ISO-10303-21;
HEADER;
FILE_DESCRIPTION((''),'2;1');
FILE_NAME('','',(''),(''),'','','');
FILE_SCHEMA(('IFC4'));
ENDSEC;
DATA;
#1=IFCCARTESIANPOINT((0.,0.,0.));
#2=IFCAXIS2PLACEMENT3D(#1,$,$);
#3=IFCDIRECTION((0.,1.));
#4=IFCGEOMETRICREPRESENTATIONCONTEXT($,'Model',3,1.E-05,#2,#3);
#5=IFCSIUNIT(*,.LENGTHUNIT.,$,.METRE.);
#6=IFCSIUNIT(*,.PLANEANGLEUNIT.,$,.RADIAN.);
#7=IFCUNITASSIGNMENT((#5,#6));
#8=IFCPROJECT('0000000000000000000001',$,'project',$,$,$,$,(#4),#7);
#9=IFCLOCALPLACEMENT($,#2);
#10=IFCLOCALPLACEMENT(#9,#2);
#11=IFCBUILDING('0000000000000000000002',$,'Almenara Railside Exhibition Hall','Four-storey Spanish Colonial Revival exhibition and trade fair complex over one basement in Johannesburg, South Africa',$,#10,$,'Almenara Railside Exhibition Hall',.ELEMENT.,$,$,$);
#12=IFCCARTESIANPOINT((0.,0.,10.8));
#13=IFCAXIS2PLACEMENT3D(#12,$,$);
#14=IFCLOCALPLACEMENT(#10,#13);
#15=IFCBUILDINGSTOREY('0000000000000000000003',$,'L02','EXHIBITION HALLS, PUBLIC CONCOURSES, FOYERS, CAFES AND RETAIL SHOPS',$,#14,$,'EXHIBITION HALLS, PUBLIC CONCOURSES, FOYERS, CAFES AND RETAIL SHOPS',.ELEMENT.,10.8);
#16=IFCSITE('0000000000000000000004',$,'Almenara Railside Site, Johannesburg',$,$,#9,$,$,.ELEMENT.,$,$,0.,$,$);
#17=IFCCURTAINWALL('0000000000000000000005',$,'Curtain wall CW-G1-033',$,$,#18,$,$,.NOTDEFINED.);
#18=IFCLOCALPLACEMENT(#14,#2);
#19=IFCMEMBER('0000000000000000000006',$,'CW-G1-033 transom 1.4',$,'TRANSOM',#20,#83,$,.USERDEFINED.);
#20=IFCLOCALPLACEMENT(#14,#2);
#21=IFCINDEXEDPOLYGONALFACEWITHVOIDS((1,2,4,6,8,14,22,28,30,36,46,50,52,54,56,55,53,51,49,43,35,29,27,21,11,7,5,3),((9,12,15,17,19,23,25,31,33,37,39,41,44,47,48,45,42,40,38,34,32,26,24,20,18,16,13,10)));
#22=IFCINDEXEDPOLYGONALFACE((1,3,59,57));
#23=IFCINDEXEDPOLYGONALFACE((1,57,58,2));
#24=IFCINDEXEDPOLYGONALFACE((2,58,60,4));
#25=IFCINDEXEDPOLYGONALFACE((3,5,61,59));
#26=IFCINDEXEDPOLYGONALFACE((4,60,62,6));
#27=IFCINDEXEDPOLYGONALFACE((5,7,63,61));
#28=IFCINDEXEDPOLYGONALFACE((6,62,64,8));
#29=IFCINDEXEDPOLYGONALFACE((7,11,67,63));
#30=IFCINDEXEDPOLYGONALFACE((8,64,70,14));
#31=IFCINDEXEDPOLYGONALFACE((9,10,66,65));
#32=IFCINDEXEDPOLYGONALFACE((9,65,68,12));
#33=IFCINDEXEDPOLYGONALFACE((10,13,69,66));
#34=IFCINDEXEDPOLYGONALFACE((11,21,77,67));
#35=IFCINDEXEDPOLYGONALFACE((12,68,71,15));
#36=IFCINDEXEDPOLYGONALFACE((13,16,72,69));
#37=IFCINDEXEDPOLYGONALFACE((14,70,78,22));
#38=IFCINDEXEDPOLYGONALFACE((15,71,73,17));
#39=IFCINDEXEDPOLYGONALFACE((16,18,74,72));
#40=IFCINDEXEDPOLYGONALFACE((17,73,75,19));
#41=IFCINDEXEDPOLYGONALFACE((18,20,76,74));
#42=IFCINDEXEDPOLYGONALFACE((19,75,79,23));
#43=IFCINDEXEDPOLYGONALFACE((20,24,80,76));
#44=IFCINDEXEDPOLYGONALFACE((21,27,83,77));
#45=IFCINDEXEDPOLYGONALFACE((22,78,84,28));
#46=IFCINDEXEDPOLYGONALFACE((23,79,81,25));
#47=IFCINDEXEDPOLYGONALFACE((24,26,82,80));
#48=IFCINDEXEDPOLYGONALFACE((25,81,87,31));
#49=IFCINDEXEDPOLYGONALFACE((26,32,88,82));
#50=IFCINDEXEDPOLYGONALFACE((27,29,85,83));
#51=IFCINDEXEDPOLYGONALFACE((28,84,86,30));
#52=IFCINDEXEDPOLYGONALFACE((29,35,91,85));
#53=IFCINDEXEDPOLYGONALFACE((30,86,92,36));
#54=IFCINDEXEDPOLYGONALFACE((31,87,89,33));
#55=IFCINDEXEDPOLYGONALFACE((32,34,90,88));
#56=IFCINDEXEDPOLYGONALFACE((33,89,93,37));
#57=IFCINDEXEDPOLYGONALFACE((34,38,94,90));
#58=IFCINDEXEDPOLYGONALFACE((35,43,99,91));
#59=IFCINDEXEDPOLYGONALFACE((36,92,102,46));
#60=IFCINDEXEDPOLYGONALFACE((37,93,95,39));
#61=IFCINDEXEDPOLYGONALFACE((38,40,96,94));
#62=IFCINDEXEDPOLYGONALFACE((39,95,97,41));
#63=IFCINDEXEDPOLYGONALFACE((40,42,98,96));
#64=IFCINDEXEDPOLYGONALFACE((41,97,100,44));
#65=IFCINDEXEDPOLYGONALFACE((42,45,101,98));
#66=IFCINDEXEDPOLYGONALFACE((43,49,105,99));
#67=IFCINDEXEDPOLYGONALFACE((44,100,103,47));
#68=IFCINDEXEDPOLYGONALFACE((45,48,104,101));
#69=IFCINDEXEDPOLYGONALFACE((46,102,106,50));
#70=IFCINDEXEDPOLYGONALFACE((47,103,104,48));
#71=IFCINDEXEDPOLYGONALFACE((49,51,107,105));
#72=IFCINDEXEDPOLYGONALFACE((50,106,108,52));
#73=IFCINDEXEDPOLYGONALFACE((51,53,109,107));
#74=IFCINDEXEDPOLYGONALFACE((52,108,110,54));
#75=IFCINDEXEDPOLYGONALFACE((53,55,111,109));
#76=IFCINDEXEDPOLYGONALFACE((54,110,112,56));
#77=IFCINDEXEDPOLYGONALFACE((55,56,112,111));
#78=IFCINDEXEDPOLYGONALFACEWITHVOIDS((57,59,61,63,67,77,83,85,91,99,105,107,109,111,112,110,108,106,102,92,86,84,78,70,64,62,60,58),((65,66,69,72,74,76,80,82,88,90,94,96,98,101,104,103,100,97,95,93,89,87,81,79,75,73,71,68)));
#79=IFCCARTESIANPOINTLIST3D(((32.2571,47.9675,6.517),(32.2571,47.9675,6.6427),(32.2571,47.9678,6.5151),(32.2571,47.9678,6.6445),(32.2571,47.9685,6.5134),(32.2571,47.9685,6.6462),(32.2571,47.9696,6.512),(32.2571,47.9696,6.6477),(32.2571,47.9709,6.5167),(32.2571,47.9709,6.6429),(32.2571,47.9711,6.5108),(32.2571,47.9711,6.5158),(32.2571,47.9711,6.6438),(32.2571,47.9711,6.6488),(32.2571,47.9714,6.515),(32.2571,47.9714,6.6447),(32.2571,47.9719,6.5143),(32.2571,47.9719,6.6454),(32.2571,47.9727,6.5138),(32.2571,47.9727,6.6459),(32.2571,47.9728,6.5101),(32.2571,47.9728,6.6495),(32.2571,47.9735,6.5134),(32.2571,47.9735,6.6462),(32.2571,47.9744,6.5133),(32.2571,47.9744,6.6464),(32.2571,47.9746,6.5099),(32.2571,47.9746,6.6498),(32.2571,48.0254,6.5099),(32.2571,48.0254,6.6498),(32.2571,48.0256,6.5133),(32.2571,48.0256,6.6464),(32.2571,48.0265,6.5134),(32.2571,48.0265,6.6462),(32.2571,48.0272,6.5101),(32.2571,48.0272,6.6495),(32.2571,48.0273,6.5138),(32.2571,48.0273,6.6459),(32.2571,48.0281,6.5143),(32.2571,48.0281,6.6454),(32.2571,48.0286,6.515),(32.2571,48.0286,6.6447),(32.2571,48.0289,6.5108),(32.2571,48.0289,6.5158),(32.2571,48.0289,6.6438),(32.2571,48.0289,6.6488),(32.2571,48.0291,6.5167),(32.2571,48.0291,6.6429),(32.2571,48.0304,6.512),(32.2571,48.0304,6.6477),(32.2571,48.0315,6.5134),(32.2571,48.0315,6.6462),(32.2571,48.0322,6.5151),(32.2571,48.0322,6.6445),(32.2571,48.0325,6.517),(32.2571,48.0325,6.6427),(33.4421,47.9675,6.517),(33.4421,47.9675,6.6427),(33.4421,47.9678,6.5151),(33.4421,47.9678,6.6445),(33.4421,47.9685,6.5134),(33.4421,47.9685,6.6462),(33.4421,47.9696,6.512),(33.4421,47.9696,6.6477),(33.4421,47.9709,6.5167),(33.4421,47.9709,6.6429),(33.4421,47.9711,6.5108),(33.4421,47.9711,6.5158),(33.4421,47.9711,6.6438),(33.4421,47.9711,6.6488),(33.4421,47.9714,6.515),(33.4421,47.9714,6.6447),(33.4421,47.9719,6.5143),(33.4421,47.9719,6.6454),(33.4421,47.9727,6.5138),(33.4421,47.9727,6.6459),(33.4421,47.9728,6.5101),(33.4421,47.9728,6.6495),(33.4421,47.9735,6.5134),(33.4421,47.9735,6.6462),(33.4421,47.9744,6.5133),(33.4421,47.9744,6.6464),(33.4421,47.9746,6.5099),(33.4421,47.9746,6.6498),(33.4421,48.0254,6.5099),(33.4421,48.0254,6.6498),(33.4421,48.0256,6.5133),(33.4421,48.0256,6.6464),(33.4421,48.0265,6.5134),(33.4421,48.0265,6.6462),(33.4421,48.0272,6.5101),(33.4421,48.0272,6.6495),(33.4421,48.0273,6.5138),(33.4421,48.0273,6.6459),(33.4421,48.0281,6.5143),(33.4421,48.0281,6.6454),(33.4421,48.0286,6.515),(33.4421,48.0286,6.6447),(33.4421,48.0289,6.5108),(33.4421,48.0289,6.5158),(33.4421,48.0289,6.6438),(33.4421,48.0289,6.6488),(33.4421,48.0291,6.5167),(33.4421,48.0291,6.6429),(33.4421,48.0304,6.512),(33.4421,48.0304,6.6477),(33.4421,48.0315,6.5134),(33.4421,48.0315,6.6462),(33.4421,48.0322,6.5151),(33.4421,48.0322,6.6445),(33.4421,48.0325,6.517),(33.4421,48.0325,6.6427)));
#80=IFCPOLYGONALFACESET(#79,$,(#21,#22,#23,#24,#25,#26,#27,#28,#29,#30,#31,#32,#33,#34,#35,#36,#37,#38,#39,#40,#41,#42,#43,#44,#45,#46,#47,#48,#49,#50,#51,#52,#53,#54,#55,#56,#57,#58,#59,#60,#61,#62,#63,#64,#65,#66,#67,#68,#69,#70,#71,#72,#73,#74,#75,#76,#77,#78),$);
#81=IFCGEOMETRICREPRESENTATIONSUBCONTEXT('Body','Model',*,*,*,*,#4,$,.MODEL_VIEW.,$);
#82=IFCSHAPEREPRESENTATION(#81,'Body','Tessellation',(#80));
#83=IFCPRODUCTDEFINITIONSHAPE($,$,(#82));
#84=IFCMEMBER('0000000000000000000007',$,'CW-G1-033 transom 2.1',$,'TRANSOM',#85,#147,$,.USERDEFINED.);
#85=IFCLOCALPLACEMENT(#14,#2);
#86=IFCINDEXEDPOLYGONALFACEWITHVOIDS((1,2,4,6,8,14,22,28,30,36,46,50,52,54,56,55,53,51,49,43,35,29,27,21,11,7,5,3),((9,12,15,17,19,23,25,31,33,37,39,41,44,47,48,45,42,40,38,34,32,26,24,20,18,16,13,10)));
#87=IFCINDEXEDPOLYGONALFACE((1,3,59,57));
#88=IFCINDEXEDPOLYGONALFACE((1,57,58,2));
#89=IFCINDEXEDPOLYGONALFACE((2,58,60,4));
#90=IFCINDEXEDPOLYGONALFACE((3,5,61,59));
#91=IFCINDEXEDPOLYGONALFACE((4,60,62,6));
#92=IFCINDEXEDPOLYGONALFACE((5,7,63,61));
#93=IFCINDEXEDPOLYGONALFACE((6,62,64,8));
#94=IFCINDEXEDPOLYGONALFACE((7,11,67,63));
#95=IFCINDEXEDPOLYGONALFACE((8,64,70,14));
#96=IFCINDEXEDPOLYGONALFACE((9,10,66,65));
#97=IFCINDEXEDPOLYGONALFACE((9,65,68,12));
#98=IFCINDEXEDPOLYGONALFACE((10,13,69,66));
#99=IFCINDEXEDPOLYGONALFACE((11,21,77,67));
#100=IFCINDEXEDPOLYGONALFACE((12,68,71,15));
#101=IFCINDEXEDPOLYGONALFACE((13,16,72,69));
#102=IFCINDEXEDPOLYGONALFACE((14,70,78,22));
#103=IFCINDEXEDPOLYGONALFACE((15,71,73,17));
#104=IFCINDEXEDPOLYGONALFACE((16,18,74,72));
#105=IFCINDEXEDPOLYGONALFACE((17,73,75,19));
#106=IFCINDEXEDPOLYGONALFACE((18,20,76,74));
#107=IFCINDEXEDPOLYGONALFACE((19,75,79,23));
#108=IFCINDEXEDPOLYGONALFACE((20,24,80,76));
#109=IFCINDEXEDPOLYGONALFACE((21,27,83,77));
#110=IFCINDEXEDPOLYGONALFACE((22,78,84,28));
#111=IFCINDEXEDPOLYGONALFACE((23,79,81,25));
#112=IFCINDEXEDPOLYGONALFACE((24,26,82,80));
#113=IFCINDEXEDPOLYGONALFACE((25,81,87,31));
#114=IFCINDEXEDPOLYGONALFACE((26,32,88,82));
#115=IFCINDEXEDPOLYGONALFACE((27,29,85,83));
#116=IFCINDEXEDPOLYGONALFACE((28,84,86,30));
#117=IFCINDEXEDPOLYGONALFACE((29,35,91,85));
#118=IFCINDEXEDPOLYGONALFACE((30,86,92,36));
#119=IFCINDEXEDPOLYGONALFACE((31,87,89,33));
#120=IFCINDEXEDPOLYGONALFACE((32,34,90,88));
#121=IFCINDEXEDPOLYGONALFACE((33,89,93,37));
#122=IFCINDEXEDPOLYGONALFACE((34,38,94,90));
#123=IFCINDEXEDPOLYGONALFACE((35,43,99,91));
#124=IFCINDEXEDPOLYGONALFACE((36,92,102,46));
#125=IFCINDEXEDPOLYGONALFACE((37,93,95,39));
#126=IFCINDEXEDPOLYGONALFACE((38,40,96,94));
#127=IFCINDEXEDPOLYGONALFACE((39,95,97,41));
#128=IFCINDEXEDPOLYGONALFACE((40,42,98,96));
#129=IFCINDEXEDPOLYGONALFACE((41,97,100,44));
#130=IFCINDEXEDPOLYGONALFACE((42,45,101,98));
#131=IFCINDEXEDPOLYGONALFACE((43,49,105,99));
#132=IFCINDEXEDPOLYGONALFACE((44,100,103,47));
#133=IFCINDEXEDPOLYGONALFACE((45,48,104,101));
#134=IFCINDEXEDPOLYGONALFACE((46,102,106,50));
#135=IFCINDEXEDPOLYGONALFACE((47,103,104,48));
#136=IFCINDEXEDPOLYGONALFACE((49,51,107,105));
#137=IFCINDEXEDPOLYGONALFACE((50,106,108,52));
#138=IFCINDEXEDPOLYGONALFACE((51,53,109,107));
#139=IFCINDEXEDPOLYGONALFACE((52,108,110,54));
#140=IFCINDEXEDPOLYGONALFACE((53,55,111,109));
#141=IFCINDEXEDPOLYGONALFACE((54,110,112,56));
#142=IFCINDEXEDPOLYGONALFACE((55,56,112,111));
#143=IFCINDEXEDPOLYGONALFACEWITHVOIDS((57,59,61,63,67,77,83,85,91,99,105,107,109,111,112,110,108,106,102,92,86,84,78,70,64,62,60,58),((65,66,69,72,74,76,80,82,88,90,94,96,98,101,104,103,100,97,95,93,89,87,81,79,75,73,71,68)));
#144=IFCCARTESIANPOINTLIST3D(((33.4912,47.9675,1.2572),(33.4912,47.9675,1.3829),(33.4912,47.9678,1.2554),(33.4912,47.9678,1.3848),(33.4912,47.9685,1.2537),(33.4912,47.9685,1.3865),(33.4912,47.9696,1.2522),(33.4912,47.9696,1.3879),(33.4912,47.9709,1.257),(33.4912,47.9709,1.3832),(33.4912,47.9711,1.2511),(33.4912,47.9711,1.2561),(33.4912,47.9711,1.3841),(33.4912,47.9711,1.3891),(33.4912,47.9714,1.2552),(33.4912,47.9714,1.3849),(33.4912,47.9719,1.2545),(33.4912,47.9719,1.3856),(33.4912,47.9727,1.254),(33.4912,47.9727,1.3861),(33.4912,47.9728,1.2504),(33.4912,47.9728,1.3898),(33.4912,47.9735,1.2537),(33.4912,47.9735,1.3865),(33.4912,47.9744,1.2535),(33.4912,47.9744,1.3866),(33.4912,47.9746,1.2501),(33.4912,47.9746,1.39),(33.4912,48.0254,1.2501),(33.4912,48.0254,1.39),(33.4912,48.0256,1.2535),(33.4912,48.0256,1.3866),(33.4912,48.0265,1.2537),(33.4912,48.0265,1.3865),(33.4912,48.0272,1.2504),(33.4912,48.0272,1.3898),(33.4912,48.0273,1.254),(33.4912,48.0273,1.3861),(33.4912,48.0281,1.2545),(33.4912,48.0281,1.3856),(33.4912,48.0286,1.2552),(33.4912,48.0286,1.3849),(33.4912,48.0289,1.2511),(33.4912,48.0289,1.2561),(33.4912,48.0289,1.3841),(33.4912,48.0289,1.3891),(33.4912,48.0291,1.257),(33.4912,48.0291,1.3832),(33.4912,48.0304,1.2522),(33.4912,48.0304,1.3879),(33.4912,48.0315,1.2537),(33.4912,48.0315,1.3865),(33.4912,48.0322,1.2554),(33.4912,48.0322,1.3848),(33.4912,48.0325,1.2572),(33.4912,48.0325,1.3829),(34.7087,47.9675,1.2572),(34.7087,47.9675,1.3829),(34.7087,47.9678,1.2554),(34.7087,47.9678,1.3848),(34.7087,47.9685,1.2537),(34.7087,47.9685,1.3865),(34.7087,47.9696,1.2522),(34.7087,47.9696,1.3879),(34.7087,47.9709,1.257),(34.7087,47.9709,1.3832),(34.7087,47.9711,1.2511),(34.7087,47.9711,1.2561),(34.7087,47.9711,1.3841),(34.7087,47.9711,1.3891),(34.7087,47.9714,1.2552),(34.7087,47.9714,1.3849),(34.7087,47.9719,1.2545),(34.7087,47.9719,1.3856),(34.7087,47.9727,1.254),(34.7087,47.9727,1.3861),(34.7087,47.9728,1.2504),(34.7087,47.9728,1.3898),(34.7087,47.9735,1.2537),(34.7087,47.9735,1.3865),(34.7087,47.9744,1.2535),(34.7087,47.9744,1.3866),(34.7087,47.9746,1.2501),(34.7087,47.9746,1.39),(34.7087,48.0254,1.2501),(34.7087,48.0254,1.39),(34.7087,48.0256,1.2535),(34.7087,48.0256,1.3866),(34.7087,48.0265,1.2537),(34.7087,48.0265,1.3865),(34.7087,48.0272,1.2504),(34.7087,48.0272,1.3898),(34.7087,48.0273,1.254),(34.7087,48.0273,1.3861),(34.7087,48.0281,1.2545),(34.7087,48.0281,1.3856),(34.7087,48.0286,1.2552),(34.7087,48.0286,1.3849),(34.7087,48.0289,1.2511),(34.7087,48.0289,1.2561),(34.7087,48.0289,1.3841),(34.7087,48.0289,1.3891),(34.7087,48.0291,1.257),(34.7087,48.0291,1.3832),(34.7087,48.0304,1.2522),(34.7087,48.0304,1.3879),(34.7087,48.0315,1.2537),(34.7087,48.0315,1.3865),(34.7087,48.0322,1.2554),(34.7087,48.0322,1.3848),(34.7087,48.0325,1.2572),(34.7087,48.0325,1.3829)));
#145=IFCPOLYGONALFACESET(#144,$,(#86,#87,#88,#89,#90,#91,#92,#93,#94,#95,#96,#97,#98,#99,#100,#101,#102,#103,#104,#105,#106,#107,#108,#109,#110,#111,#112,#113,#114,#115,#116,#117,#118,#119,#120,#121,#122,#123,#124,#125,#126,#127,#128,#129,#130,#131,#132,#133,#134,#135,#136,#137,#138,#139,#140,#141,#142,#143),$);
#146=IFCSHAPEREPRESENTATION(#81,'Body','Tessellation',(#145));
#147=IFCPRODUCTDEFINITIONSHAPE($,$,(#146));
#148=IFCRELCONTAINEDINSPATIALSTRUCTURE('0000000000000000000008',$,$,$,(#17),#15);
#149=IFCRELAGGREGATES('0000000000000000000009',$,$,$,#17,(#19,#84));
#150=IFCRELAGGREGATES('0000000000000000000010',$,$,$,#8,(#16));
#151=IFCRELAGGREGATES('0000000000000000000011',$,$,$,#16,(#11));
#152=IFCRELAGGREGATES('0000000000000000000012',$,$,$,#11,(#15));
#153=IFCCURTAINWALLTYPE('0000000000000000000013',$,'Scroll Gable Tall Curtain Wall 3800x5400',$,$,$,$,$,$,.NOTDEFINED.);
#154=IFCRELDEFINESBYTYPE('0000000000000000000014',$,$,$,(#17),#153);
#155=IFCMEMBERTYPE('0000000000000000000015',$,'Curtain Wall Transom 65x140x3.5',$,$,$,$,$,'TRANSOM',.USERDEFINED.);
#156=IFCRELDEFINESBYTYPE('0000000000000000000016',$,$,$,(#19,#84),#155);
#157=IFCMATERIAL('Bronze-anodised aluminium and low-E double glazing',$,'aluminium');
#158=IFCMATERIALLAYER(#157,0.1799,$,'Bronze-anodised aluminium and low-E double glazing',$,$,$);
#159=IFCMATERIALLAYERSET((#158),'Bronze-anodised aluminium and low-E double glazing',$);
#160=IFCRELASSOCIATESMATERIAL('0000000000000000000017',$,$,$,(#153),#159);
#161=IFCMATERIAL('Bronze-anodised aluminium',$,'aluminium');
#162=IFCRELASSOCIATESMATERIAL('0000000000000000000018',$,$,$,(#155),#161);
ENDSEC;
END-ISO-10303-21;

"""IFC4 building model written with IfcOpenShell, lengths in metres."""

from ifc_helpers import new_model, si_unit, direction, frame, origin, origin_2d, place, context, subcontext, project, spatial, hollow_rectangle, extrude, material, layer, layer_set, material_profile, profile_set, type_object, element, aggregate, save


model = new_model("IFC4")

# Units and contexts
model_context = context("Model", 3, precision=1e-05, world=origin(), true_north=direction((0.0, 1.0)))
body_context = subcontext(model_context, "Body", "Model", "MODEL_VIEW")
ifc_project = project(units=[si_unit("LENGTHUNIT", "METRE"), si_unit("PLANEANGLEUNIT", "RADIAN")], contexts=[model_context])

# Site, building, storey
site_placement = place(None, origin())
site = spatial("IfcSite", under=ifc_project, at=site_placement, Name="Almenara Railside Site, Johannesburg", CompositionType="ELEMENT", RefElevation=0.0)
building_placement = place(site_placement, origin())
building = spatial("IfcBuilding", under=site, at=building_placement, Name="Almenara Railside Exhibition Hall", Description="Four-storey Spanish Colonial Revival exhibition and trade fair complex over one basement in Johannesburg, South Africa", LongName="Almenara Railside Exhibition Hall", CompositionType="ELEMENT")
storey_placement = place(building_placement, frame((0.0, 0.0, 10.8)))
storey = spatial("IfcBuildingStorey", under=building, at=storey_placement, Name="L02", Description="EXHIBITION HALLS, PUBLIC CONCOURSES, FOYERS, CAFES AND RETAIL SHOPS", LongName="EXHIBITION HALLS, PUBLIC CONCOURSES, FOYERS, CAFES AND RETAIL SHOPS", CompositionType="ELEMENT", Elevation=10.8)

# Curtain wall
ifc_material_1 = material(Name="Bronze-anodised aluminium and low-E double glazing", Category="aluminium")
ifc_layer_1 = layer(ifc_material_1, 0.1799, Name="Bronze-anodised aluminium and low-E double glazing")
ifc_layer_set_1 = layer_set([ifc_layer_1], Name="Bronze-anodised aluminium and low-E double glazing")
curtain_wall_type_1 = type_object("IfcCurtainWallType", Name="Scroll Gable Tall Curtain Wall 3800x5400", PredefinedType="NOTDEFINED", material=ifc_layer_set_1)
curtain_wall_1_placement = place(storey_placement, origin())
curtain_wall_1 = element("IfcCurtainWall", 1, at=curtain_wall_1_placement, inside=storey, type_object=curtain_wall_type_1, Name="Curtain wall CW-G1-033", PredefinedType="NOTDEFINED")
ifc_material_2 = material(Name="Bronze-anodised aluminium", Category="aluminium")

# Members
ifc_material_profile_1 = material_profile(ifc_material_2, hollow_rectangle(XDim=0.0649, YDim=0.1399, WallThickness=0.0034, InnerFilletRadius=0.0034, OuterFilletRadius=0.0071, at=origin_2d()), Name="ALU-TRN 65x140x3.5")
ifc_profile_set_1 = profile_set([ifc_material_profile_1], Name="Bronze-anodised aluminium")
member_type_1 = type_object("IfcMemberType", Name="Curtain Wall Transom 65x140x3.5", ElementType="TRANSOM", PredefinedType="USERDEFINED", material=ifc_profile_set_1)
member_1_placement = place(storey_placement, frame((32.2571, 48.0, 6.5798), z_axis=(1.0, 0.0, 0.0), x_axis=(0.0, 1.0, 0.0)))
member_1 = element("IfcMember", 2, at=member_1_placement, type_object=member_type_1, Name="CW-G1-033 transom 1.4", ObjectType="TRANSOM", PredefinedType="USERDEFINED", context=body_context, shape_type="SweptSolid", body=[
    extrude(hollow_rectangle(XDim=0.0649, YDim=0.1399, WallThickness=0.0034, InnerFilletRadius=0.0034, OuterFilletRadius=0.0071, at=origin_2d()), origin(), (0.0, 0.0, 1.0), 1.1851),
])
member_2_placement = place(storey_placement, frame((33.4912, 48.0, 1.3201), z_axis=(1.0, 0.0, 0.0), x_axis=(0.0, 1.0, 0.0)))
member_2 = element("IfcMember", 3, at=member_2_placement, type_object=member_type_1, Name="CW-G1-033 transom 2.1", ObjectType="TRANSOM", PredefinedType="USERDEFINED", context=body_context, shape_type="SweptSolid", body=[
    extrude(hollow_rectangle(XDim=0.0649, YDim=0.1399, WallThickness=0.0034, InnerFilletRadius=0.0034, OuterFilletRadius=0.0071, at=origin_2d()), origin(), (0.0, 0.0, 1.0), 1.2175),
])

aggregate(curtain_wall_1, [member_1, member_2])

save(model, "model.ifc")
